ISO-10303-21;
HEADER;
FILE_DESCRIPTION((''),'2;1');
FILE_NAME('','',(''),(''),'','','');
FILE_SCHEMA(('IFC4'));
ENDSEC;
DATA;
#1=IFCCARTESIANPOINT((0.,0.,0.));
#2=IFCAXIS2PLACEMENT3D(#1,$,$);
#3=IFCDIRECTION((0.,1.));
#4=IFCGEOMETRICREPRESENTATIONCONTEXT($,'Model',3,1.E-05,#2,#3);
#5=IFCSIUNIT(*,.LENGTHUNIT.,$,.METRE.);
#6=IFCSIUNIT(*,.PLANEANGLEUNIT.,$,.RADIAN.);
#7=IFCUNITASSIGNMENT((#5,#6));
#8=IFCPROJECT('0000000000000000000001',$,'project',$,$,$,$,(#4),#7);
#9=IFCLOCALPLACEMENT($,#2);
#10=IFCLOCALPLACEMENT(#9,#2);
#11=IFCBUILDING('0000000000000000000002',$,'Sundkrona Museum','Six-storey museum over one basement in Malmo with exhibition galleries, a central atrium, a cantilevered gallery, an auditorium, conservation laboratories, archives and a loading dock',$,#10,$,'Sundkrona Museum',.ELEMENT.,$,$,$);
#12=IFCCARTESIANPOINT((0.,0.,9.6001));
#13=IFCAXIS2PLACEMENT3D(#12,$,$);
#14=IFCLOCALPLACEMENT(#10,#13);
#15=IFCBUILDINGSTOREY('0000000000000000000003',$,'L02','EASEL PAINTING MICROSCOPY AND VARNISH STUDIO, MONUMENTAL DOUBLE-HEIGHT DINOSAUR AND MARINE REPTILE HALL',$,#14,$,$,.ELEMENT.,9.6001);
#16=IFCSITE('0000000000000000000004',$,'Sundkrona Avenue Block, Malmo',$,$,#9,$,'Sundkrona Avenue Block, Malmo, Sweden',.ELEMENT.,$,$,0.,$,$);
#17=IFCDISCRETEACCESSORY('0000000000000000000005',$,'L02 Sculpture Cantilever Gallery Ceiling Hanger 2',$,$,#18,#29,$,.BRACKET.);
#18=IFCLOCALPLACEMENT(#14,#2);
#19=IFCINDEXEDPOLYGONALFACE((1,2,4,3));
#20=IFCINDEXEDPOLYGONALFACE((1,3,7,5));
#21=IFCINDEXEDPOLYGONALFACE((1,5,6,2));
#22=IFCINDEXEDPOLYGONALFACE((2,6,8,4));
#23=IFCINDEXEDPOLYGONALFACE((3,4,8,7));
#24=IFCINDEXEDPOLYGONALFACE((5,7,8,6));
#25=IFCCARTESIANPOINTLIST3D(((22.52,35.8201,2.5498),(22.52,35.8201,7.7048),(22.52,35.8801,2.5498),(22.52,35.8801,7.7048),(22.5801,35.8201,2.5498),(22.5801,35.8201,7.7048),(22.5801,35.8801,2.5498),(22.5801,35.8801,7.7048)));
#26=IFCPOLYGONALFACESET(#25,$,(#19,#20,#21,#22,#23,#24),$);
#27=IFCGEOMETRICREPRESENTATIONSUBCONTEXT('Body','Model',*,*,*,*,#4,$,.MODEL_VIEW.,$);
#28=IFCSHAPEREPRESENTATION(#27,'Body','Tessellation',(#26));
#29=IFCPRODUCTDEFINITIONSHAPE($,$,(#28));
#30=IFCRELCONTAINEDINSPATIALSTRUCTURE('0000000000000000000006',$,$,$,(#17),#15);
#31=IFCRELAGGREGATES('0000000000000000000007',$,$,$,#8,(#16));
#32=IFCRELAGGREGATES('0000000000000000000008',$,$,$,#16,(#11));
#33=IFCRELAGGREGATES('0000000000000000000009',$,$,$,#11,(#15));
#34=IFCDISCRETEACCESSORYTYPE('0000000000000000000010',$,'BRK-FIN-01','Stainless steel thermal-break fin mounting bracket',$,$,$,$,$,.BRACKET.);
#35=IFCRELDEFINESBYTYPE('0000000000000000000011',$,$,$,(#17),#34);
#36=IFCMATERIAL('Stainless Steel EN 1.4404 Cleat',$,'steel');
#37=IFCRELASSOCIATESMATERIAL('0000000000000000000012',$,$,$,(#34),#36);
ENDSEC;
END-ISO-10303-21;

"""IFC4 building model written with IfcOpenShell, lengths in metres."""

from ifc_helpers import new_model, si_unit, direction, frame, origin, origin_2d, place, context, subcontext, project, spatial, rectangle, extrude, material, type_object, element, save


model = new_model("IFC4")

# Units and contexts
model_context = context("Model", 3, precision=1e-05, world=origin(), true_north=direction((0.0, 1.0)))
body_context = subcontext(model_context, "Body", "Model", "MODEL_VIEW")
ifc_project = project(units=[si_unit("LENGTHUNIT", "METRE"), si_unit("PLANEANGLEUNIT", "RADIAN")], contexts=[model_context])

# Site, building, storey
site_placement = place(None, origin())
site = spatial("IfcSite", under=ifc_project, at=site_placement, Name="Sundkrona Avenue Block, Malmo", LongName="Sundkrona Avenue Block, Malmo, Sweden", CompositionType="ELEMENT", RefElevation=0.0)
building_placement = place(site_placement, origin())
building = spatial("IfcBuilding", under=site, at=building_placement, Name="Sundkrona Museum", Description="Six-storey museum over one basement in Malmo with exhibition galleries, a central atrium, a cantilevered gallery, an auditorium, conservation laboratories, archives and a loading dock", LongName="Sundkrona Museum", CompositionType="ELEMENT")
storey_placement = place(building_placement, frame((0.0, 0.0, 9.6001)))
storey = spatial("IfcBuildingStorey", under=building, at=storey_placement, Name="L02", Description="EASEL PAINTING MICROSCOPY AND VARNISH STUDIO, MONUMENTAL DOUBLE-HEIGHT DINOSAUR AND MARINE REPTILE HALL", CompositionType="ELEMENT", Elevation=9.6001)

# Discrete accessory
ifc_material_1 = material(Name="Stainless Steel EN 1.4404 Cleat", Category="steel")
discrete_accessory_type = type_object("IfcDiscreteAccessoryType", Name="BRK-FIN-01", Description="Stainless steel thermal-break fin mounting bracket", PredefinedType="BRACKET", material=ifc_material_1)
discrete_accessory_placement = place(storey_placement, frame((22.55, 35.8501, 2.5498), z_axis=(0.0, 0.0, 1.0), x_axis=(1.0, 0.0, 0.0)))
element("IfcDiscreteAccessory", 1, at=discrete_accessory_placement, inside=storey, type_object=discrete_accessory_type, Name="L02 Sculpture Cantilever Gallery Ceiling Hanger 2", PredefinedType="BRACKET", context=body_context, shape_type="SweptSolid", body=[
    extrude(rectangle(XDim=0.0601, YDim=0.0601, at=origin_2d()), origin(), (0.0, 0.0, 1.0), 5.155),
])

save(model, "model.ifc")
